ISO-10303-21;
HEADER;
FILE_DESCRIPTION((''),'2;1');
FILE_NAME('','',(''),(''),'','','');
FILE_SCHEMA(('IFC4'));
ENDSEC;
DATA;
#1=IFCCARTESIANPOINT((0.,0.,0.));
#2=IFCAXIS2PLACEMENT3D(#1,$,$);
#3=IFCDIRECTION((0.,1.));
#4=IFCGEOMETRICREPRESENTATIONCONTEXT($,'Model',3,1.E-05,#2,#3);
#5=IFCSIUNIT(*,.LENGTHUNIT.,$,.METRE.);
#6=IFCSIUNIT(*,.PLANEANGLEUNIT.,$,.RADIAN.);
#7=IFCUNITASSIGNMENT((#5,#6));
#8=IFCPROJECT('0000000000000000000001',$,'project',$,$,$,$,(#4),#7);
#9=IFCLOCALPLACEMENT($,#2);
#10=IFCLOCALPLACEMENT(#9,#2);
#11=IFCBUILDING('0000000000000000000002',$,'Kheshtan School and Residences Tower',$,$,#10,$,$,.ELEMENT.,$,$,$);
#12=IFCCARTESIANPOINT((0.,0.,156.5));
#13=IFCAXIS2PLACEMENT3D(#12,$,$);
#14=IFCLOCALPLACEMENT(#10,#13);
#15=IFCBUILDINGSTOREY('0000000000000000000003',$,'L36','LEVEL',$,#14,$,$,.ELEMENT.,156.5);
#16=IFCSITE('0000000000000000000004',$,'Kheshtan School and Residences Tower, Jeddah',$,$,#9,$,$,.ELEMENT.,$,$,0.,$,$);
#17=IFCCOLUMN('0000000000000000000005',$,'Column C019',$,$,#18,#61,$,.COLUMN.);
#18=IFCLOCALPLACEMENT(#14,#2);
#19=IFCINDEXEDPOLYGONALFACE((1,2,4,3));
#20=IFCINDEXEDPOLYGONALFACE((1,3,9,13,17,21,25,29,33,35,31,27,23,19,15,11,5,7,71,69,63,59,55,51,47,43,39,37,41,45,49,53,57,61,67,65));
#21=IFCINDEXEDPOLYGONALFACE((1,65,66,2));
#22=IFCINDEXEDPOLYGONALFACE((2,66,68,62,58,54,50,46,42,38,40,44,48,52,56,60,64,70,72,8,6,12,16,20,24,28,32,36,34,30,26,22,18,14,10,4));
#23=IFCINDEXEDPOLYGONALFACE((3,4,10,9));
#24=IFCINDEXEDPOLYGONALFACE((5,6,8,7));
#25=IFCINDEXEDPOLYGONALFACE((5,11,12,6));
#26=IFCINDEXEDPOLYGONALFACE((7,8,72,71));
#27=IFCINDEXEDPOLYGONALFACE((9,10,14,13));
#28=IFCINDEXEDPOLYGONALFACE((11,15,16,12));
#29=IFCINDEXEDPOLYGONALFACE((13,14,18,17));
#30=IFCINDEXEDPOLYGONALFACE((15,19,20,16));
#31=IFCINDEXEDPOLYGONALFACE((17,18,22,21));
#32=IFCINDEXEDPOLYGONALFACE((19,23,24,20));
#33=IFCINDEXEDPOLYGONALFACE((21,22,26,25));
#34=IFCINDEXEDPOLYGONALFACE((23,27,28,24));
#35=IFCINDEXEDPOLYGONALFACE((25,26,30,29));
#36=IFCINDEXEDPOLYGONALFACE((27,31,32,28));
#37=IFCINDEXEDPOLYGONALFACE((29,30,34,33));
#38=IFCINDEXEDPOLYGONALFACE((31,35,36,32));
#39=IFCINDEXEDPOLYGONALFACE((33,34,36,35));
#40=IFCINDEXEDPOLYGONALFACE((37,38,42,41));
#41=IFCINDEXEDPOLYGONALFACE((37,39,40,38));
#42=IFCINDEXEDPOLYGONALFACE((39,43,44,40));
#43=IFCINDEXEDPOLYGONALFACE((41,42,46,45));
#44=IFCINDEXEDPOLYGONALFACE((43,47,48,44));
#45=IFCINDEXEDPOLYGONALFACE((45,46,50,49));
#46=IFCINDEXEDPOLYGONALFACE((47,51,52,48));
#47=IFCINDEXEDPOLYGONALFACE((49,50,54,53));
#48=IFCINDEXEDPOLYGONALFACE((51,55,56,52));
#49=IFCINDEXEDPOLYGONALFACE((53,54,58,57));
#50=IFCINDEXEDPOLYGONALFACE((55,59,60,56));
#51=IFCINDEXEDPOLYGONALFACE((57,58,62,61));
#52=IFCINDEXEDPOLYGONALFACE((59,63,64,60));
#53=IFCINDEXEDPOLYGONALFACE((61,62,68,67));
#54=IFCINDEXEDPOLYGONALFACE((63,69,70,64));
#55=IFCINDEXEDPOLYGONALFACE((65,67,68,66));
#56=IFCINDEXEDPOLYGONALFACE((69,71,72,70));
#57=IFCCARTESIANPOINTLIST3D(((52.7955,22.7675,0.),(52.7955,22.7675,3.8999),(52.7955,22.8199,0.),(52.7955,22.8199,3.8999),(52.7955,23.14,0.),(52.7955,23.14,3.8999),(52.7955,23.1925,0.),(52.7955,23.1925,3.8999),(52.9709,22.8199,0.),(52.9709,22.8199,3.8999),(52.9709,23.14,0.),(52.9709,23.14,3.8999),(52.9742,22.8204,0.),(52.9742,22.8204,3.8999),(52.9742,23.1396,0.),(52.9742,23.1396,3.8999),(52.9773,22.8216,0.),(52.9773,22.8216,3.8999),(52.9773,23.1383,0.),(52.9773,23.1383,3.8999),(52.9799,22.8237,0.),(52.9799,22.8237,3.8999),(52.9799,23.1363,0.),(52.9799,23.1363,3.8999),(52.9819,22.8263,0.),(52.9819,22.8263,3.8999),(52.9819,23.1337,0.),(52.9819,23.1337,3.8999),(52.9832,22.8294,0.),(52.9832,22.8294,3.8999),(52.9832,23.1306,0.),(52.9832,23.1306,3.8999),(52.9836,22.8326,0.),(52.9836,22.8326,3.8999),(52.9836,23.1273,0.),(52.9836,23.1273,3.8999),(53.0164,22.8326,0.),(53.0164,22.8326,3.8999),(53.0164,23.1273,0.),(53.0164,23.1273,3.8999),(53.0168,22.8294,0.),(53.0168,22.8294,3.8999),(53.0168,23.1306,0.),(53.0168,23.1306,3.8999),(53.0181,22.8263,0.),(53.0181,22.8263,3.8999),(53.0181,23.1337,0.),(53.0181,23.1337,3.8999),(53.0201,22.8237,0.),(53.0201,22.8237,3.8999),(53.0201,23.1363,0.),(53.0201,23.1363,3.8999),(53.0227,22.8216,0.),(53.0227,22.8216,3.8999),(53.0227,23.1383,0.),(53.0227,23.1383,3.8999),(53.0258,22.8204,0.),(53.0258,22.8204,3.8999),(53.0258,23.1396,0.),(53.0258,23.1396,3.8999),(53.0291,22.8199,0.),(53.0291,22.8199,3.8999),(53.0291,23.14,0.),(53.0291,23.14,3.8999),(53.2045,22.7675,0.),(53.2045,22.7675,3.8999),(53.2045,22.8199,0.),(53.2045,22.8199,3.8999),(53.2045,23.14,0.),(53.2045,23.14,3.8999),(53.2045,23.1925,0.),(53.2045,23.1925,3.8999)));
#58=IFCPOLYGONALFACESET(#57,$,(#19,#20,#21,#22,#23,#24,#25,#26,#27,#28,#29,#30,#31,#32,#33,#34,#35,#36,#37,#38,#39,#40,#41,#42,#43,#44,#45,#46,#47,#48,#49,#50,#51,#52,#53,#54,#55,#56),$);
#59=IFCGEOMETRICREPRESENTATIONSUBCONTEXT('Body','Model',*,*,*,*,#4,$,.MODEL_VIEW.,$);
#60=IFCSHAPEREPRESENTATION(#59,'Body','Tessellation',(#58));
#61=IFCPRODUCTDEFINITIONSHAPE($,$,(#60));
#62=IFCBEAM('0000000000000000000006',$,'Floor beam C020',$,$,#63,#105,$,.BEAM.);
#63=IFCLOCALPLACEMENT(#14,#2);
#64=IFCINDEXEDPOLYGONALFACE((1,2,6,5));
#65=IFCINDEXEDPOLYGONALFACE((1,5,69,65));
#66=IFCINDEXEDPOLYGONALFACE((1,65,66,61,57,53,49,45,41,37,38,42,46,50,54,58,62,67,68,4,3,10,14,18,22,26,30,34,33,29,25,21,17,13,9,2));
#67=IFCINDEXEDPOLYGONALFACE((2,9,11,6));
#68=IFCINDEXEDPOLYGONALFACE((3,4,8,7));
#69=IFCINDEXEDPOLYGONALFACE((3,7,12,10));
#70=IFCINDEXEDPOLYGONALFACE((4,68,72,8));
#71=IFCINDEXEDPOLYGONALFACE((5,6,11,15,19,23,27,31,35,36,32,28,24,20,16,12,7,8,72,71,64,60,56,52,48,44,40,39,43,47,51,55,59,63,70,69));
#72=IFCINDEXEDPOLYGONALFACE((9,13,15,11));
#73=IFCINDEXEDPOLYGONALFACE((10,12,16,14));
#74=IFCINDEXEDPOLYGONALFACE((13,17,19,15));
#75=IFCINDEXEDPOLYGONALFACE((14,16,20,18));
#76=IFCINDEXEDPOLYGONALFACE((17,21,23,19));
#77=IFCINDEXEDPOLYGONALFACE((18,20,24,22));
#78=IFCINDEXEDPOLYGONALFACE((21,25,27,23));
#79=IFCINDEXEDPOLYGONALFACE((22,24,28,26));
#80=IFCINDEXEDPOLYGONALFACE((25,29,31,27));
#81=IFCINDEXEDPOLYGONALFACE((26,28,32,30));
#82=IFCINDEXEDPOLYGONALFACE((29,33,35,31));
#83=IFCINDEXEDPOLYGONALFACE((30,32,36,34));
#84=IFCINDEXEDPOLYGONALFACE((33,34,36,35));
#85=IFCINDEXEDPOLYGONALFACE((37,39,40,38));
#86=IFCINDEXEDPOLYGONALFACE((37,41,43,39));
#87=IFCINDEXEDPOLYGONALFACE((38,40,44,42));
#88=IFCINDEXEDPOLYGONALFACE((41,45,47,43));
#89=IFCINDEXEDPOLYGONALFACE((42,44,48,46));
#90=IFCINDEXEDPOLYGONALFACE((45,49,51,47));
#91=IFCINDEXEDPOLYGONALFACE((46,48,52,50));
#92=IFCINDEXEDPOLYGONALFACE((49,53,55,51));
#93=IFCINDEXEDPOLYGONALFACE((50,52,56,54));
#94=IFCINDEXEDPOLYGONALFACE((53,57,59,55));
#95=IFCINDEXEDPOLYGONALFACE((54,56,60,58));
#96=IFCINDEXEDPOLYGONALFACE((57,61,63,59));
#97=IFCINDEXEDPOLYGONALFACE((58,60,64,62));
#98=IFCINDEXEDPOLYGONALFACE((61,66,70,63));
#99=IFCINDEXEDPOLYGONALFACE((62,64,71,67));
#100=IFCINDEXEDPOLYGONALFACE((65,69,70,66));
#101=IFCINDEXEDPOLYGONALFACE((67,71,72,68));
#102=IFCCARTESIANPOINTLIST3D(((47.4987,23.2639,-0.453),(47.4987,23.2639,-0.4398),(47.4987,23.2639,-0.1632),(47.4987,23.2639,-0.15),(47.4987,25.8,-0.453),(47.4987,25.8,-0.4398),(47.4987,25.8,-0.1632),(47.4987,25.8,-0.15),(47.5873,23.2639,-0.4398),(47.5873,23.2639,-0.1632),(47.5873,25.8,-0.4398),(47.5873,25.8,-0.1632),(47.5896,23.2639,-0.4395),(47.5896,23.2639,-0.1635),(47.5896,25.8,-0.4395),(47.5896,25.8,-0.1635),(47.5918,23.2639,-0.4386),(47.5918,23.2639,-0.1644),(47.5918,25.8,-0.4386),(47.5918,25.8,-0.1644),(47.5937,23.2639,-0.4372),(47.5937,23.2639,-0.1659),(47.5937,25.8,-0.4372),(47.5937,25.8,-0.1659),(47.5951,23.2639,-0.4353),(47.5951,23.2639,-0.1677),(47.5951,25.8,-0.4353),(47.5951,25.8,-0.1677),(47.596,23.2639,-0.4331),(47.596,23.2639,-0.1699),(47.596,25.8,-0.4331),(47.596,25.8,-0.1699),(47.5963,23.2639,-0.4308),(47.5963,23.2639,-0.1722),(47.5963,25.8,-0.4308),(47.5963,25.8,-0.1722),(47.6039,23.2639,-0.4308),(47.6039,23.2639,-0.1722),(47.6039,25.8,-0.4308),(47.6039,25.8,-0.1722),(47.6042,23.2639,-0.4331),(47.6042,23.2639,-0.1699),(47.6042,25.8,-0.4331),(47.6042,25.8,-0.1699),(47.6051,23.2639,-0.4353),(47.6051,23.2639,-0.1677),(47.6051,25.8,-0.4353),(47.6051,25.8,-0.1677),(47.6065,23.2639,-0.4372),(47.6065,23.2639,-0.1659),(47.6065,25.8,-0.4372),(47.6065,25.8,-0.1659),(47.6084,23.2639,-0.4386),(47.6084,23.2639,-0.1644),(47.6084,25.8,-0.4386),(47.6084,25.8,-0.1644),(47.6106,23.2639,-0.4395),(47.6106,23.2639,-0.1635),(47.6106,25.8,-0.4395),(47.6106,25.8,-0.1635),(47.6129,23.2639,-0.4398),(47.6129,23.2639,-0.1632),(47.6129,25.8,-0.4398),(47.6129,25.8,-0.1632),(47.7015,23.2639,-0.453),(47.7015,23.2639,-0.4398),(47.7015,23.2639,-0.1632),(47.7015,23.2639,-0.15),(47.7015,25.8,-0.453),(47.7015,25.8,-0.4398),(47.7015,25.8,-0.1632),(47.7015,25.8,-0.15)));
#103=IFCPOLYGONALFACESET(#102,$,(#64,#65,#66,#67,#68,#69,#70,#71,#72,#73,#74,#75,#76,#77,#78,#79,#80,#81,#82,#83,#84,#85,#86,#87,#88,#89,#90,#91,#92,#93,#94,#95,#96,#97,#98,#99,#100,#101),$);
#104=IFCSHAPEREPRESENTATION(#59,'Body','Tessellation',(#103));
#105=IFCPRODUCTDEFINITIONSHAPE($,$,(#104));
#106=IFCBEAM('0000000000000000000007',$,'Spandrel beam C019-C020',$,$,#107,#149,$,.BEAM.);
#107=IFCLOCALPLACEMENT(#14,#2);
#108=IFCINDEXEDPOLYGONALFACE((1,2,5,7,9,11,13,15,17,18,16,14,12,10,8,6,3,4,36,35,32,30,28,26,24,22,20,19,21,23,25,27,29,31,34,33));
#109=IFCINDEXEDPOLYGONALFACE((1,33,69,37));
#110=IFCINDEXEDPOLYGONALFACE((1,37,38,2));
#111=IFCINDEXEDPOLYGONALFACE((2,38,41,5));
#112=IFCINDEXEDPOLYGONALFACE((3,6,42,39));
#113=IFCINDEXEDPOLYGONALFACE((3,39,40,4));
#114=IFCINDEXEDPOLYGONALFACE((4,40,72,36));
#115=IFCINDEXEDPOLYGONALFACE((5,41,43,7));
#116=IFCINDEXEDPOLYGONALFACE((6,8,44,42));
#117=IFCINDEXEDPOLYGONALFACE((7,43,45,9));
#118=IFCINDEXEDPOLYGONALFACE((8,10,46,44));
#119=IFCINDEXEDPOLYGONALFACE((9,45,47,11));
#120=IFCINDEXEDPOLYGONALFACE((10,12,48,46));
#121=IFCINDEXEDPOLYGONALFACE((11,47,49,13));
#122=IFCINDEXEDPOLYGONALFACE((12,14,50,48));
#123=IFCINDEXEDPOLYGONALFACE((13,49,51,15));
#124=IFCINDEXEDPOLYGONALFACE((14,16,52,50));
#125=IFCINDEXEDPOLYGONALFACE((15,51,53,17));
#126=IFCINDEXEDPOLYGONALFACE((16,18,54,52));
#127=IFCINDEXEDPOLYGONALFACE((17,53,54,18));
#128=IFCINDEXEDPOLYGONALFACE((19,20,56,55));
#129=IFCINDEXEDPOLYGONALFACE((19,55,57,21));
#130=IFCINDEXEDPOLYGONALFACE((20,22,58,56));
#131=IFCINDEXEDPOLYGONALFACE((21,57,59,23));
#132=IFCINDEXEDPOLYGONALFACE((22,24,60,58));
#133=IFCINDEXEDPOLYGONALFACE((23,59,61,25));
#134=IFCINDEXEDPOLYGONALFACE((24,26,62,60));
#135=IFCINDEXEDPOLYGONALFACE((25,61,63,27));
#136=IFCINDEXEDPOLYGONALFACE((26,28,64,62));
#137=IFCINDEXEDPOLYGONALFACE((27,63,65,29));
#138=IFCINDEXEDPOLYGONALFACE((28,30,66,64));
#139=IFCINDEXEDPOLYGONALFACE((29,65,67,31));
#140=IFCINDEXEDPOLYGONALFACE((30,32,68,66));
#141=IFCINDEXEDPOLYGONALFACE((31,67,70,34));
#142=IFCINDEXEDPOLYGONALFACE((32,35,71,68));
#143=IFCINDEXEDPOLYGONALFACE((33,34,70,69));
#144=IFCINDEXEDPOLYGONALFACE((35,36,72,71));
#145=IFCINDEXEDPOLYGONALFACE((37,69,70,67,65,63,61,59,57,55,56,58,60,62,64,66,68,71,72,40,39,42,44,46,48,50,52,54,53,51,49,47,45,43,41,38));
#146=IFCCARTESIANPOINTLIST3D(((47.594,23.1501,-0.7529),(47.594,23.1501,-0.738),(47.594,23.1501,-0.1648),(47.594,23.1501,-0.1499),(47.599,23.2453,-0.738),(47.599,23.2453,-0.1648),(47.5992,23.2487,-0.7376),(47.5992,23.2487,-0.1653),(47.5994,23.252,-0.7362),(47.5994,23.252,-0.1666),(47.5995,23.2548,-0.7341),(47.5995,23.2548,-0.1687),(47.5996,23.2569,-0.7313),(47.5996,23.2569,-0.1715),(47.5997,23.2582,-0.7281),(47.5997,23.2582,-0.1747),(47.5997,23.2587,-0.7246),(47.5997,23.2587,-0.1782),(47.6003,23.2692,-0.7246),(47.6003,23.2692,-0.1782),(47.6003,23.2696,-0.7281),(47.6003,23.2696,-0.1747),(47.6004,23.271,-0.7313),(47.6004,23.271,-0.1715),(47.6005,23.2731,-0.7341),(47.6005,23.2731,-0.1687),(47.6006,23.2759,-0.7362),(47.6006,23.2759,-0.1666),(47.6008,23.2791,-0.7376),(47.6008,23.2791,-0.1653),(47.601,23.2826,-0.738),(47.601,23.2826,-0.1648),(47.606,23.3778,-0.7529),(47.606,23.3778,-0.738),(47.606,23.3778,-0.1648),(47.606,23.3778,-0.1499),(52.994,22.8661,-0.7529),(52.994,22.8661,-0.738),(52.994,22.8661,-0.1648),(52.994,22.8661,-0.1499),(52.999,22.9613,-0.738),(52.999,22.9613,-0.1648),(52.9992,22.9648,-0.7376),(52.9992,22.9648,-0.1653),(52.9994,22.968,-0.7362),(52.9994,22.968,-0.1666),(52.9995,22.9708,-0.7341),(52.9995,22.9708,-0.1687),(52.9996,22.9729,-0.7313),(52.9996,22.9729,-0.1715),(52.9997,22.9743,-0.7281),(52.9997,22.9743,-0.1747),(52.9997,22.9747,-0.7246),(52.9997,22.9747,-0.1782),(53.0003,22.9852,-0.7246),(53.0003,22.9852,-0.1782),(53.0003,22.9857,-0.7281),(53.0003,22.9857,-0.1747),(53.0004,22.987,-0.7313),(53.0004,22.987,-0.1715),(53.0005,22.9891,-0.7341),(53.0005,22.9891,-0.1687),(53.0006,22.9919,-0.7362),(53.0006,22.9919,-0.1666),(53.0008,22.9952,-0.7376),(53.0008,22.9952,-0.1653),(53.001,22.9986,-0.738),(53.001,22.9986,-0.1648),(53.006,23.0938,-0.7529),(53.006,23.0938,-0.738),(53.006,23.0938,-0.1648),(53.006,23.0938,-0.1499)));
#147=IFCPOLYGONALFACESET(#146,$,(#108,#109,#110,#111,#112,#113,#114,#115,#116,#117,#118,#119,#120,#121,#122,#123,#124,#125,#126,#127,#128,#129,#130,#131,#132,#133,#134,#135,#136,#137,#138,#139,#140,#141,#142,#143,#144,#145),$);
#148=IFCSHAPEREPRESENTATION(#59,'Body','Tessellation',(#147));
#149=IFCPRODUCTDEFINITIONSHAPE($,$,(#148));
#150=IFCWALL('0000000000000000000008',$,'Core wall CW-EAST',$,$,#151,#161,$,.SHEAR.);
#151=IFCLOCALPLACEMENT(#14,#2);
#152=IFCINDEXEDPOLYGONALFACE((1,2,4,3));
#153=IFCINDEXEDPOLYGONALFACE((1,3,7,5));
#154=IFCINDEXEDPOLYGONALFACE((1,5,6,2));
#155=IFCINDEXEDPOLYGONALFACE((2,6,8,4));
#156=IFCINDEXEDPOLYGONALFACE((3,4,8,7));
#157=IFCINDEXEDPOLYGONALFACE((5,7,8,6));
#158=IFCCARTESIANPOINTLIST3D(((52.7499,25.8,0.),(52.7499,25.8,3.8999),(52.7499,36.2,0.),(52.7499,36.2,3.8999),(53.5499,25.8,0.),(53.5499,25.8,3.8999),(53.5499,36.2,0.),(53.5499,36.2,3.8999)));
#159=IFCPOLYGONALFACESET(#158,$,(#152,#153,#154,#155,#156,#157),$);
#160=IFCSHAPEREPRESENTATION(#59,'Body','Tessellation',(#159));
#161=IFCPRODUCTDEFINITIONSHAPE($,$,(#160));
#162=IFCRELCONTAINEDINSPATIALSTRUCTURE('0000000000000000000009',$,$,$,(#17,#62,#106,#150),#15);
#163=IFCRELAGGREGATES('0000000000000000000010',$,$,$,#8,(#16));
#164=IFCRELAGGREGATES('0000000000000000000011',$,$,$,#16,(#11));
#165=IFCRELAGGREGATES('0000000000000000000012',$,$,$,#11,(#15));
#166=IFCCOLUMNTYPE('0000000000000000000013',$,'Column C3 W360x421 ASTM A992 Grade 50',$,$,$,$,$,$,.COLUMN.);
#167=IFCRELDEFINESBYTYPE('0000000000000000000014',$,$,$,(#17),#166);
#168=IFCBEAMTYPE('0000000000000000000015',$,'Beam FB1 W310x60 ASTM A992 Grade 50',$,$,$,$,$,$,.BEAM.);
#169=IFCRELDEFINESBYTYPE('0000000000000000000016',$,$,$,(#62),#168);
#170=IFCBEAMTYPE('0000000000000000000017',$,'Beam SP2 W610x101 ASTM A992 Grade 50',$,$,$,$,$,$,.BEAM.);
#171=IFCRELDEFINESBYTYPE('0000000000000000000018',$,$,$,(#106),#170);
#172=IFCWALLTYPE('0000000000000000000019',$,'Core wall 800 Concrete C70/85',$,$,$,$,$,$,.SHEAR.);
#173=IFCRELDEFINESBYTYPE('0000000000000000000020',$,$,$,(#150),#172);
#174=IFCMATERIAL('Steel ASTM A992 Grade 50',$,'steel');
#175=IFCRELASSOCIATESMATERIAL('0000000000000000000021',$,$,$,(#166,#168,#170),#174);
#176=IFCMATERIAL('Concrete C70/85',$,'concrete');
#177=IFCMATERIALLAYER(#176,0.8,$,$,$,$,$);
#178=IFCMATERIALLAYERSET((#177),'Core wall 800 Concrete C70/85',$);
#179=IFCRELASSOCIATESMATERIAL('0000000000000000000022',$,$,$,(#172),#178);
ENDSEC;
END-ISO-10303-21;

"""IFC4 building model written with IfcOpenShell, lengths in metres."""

from ifc_helpers import new_model, si_unit, direction, frame, frame_2d, origin, origin_2d, place, context, subcontext, project, spatial, rectangle, i_section, extrude, material, layer, layer_set, material_profile, profile_set, type_object, element, save


model = new_model("IFC4")

# Units and contexts
model_context = context("Model", 3, precision=1e-05, world=origin(), true_north=direction((0.0, 1.0)))
body_context = subcontext(model_context, "Body", "Model", "MODEL_VIEW")
ifc_project = project(units=[si_unit("LENGTHUNIT", "METRE"), si_unit("PLANEANGLEUNIT", "RADIAN")], contexts=[model_context])

# Site, building, storey
site_placement = place(None, origin())
site = spatial("IfcSite", under=ifc_project, at=site_placement, Name="Kheshtan School and Residences Tower, Jeddah", CompositionType="ELEMENT", RefElevation=0.0)
building_placement = place(site_placement, origin())
building = spatial("IfcBuilding", under=site, at=building_placement, Name="Kheshtan School and Residences Tower", CompositionType="ELEMENT")
storey_placement = place(building_placement, frame((0.0, 0.0, 156.5)))
storey = spatial("IfcBuildingStorey", under=building, at=storey_placement, Name="L36", Description="LEVEL", CompositionType="ELEMENT", Elevation=156.5)

# Column
ifc_material_1 = material(Name="Steel ASTM A992 Grade 50", Category="steel")
ifc_material_profile_1 = material_profile(ifc_material_1, i_section(OverallWidth=0.4089, OverallDepth=0.425, WebThickness=0.0327, FlangeThickness=0.0525, FilletRadius=0.0127, at=origin_2d()), Name="W360x421")
ifc_profile_set_1 = profile_set([ifc_material_profile_1], Name="Steel ASTM A992 Grade 50")
column_type = type_object("IfcColumnType", Name="Column C3 W360x421 ASTM A992 Grade 50", PredefinedType="COLUMN", material=ifc_profile_set_1)
column_placement = place(storey_placement, frame((53.0, 22.98, 0.0), z_axis=(0.0, 0.0, 1.0), x_axis=(1.0, 0.0, 0.0)))
element("IfcColumn", 1, at=column_placement, inside=storey, type_object=column_type, Name="Column C019", PredefinedType="COLUMN", context=body_context, shape_type="SweptSolid", body=[
    extrude(i_section(OverallWidth=0.4089, OverallDepth=0.425, WebThickness=0.0327, FlangeThickness=0.0525, FilletRadius=0.0127, at=origin_2d()), origin(), (0.0, 0.0, 1.0), 3.8999),
])

# Beams
ifc_material_profile_2 = material_profile(ifc_material_1, i_section(OverallWidth=0.2029, OverallDepth=0.303, WebThickness=0.0076, FlangeThickness=0.0132, FilletRadius=0.009, at=origin_2d()), Name="W310x60")
ifc_profile_set_2 = profile_set([ifc_material_profile_2], Name="Steel ASTM A992 Grade 50")
beam_type_1 = type_object("IfcBeamType", Name="Beam FB1 W310x60 ASTM A992 Grade 50", PredefinedType="BEAM", material=ifc_profile_set_2)
beam_1_placement = place(storey_placement, frame((47.6001, 23.2639, -0.3015), z_axis=(0.0, 1.0, 0.0), x_axis=(-1.0, 0.0, 0.0)))
element("IfcBeam", 2, at=beam_1_placement, inside=storey, type_object=beam_type_1, Name="Floor beam C020", PredefinedType="BEAM", context=body_context, shape_type="SweptSolid", body=[
    extrude(i_section(OverallWidth=0.2029, OverallDepth=0.303, WebThickness=0.0076, FlangeThickness=0.0132, FilletRadius=0.009, at=origin_2d()), origin(), (0.0, 0.0, 1.0), 2.5361),
])
ifc_material_profile_3 = material_profile(ifc_material_1, i_section(OverallWidth=0.228, OverallDepth=0.603, WebThickness=0.0105, FlangeThickness=0.0149, FilletRadius=0.0134, at=origin_2d()), Name="W610x101")
ifc_profile_set_3 = profile_set([ifc_material_profile_3], Name="Steel ASTM A992 Grade 50")
beam_type_2 = type_object("IfcBeamType", Name="Beam SP2 W610x101 ASTM A992 Grade 50", PredefinedType="BEAM", material=ifc_profile_set_3)
beam_2_placement = place(storey_placement, frame((53.0, 22.98, -0.4514), z_axis=(-0.99862, 0.052509, 0.0), x_axis=(-0.052509, -0.99862, 0.0)))
element("IfcBeam", 3, at=beam_2_placement, inside=storey, type_object=beam_type_2, Name="Spandrel beam C019-C020", PredefinedType="BEAM", context=body_context, shape_type="SweptSolid", body=[
    extrude(i_section(OverallWidth=0.228, OverallDepth=0.603, WebThickness=0.0105, FlangeThickness=0.0149, FilletRadius=0.0134, at=origin_2d()), origin(), (0.0, 0.0, 1.0), 5.4075),
])

# Wall
ifc_material_2 = material(Name="Concrete C70/85", Category="concrete")
ifc_layer_1 = layer(ifc_material_2, 0.8)
ifc_layer_set_1 = layer_set([ifc_layer_1], Name="Core wall 800 Concrete C70/85")
wall_type_1 = type_object("IfcWallType", Name="Core wall 800 Concrete C70/85", PredefinedType="SHEAR", material=ifc_layer_set_1)
wall_1_placement = place(storey_placement, frame((53.1499, 25.8, 0.0), z_axis=(0.0, 0.0, 1.0), x_axis=(0.0, 1.0, 0.0)))
element("IfcWall", 4, at=wall_1_placement, inside=storey, type_object=wall_type_1, Name="Core wall CW-EAST", PredefinedType="SHEAR", context=body_context, shape_type="SweptSolid", body=[
    extrude(rectangle(XDim=10.3999, YDim=0.8, at=frame_2d((5.2, 0.0))), origin(), (0.0, 0.0, 1.0), 3.8999),
])

save(model, "model.ifc")
